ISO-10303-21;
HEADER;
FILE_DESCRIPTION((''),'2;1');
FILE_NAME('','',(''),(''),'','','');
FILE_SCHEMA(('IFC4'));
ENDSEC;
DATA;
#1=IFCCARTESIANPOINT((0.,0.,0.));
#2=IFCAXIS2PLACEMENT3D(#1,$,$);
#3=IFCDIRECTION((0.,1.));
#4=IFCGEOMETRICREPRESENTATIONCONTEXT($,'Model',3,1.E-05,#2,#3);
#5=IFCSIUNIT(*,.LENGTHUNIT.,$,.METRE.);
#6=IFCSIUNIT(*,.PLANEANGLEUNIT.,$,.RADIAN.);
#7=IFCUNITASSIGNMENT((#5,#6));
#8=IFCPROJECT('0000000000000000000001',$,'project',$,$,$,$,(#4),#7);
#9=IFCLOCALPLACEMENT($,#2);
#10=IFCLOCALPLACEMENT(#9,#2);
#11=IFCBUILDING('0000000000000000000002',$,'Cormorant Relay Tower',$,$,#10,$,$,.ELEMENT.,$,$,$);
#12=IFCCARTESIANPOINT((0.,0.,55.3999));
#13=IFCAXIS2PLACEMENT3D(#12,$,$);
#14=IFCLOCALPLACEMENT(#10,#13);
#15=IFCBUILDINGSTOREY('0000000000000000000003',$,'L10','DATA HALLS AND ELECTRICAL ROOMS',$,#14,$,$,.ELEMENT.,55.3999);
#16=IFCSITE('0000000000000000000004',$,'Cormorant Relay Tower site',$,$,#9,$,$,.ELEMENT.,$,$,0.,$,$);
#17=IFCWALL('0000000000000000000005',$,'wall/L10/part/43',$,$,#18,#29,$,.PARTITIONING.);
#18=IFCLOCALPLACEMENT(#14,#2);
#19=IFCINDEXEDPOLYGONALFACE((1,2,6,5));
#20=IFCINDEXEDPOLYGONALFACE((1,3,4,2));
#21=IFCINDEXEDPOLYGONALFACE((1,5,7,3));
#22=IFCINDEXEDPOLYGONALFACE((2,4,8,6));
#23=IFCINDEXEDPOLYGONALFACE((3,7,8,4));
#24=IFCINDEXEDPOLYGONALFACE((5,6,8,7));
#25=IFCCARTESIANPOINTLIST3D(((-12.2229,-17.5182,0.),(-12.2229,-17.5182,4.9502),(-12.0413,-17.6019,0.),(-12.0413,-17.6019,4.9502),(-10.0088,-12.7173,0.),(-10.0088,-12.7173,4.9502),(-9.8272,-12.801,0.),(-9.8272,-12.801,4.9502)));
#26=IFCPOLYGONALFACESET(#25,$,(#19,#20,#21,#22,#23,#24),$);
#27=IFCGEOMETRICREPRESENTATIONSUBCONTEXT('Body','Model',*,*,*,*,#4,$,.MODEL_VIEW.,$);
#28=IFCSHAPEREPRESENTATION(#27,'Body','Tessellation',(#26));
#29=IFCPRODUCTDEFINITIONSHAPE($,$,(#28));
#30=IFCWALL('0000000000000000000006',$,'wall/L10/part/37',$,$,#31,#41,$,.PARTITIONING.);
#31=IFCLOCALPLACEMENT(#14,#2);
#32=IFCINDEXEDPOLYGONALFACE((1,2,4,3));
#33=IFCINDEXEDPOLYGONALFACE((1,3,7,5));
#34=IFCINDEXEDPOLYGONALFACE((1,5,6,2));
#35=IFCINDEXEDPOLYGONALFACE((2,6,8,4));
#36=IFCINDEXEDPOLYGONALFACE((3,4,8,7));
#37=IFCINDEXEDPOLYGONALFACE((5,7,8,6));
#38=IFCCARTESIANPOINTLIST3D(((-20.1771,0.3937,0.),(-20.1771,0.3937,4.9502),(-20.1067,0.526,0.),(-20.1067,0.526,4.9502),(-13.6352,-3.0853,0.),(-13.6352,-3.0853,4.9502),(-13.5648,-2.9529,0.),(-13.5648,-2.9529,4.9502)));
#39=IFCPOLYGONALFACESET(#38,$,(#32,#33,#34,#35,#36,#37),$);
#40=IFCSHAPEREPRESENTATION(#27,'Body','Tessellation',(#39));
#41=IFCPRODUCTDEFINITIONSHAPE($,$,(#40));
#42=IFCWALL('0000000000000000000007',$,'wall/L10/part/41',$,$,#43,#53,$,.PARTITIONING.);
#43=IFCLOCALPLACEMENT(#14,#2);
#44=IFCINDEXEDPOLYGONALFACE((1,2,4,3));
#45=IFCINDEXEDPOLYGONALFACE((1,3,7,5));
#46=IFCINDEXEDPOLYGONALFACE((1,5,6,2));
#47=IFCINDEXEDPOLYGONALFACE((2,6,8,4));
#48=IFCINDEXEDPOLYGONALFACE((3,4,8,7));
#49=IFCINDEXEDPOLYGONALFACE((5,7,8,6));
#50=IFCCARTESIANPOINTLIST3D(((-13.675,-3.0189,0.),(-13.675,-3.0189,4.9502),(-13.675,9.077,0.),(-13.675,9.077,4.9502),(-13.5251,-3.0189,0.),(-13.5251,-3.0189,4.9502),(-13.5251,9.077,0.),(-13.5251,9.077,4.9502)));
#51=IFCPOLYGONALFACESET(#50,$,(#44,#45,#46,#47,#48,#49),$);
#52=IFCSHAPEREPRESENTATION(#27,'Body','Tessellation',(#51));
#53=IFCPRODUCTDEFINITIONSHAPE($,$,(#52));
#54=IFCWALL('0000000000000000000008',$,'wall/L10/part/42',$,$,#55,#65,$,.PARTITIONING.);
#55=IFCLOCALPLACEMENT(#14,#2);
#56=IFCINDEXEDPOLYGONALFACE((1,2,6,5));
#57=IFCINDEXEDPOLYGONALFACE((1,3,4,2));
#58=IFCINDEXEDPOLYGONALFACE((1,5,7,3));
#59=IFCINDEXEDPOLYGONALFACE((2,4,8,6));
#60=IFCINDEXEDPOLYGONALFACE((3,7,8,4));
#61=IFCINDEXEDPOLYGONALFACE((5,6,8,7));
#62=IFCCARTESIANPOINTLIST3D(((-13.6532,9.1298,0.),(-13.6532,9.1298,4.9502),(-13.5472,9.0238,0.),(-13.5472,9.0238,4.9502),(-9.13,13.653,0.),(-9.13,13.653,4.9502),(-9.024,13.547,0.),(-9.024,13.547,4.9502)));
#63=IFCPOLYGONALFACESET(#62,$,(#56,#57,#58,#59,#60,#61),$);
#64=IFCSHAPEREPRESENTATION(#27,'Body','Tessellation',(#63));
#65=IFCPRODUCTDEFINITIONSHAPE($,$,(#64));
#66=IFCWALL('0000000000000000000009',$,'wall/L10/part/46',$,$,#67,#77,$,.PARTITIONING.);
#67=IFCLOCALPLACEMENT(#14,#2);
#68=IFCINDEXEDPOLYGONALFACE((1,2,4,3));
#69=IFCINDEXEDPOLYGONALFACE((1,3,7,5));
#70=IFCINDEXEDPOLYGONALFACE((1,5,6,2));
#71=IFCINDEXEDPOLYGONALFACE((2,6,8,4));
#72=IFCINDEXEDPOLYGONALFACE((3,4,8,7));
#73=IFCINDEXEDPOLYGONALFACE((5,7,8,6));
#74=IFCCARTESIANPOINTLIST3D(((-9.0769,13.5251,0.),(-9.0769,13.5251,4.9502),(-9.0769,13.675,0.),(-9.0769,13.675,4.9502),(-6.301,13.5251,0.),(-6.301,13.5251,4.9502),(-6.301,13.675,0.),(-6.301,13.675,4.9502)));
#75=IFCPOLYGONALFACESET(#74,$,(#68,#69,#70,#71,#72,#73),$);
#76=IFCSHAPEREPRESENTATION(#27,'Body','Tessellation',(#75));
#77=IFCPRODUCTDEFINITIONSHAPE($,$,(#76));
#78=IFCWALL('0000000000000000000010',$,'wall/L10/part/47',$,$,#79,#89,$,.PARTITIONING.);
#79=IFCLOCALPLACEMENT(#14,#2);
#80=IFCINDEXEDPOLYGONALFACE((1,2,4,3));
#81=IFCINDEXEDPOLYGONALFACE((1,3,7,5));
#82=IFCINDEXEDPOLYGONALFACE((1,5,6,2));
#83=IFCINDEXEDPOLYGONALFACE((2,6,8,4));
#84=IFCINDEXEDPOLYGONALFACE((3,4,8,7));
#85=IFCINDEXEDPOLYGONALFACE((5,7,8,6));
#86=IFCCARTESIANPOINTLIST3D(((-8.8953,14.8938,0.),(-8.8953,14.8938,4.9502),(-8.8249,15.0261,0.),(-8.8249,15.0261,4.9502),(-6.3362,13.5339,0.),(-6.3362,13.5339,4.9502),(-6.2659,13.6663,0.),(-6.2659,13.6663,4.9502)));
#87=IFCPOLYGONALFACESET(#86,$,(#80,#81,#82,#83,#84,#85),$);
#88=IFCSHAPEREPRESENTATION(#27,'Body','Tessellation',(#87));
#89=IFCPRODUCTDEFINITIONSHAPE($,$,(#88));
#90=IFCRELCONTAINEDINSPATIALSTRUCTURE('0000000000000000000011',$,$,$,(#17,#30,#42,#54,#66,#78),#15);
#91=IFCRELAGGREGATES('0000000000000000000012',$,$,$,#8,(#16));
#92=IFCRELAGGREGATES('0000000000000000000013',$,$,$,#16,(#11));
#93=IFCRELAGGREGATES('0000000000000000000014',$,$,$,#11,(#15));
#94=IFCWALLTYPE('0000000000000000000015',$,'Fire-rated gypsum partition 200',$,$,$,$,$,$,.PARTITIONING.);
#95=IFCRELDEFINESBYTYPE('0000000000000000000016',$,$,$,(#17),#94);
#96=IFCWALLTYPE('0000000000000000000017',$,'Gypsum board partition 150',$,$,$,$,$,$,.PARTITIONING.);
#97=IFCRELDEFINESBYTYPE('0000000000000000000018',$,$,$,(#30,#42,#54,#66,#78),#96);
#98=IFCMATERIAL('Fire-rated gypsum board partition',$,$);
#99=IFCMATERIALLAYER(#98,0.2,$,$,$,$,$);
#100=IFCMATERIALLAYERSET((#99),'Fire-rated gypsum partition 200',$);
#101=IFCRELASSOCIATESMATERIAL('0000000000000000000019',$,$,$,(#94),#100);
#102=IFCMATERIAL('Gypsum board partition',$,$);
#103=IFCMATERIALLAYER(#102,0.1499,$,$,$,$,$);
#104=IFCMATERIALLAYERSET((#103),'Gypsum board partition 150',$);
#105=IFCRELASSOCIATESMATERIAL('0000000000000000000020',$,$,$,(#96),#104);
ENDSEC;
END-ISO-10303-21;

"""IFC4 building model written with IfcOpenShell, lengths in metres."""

from ifc_helpers import new_model, si_unit, direction, frame, frame_2d, origin, place, context, subcontext, project, spatial, rectangle, extrude, material, layer, layer_set, type_object, element, save


model = new_model("IFC4")

# Units and contexts
model_context = context("Model", 3, precision=1e-05, world=origin(), true_north=direction((0.0, 1.0)))
body_context = subcontext(model_context, "Body", "Model", "MODEL_VIEW")
ifc_project = project(units=[si_unit("LENGTHUNIT", "METRE"), si_unit("PLANEANGLEUNIT", "RADIAN")], contexts=[model_context])

# Site, building, storey
site_placement = place(None, origin())
site = spatial("IfcSite", under=ifc_project, at=site_placement, Name="Cormorant Relay Tower site", CompositionType="ELEMENT", RefElevation=0.0)
building_placement = place(site_placement, origin())
building = spatial("IfcBuilding", under=site, at=building_placement, Name="Cormorant Relay Tower", CompositionType="ELEMENT")
storey_placement = place(building_placement, frame((0.0, 0.0, 55.3999)))
storey = spatial("IfcBuildingStorey", under=building, at=storey_placement, Name="L10", Description="DATA HALLS AND ELECTRICAL ROOMS", CompositionType="ELEMENT", Elevation=55.3999)

# Walls
ifc_material_1 = material(Name="Fire-rated gypsum board partition")
ifc_layer_1 = layer(ifc_material_1, 0.2)
ifc_layer_set_1 = layer_set([ifc_layer_1], Name="Fire-rated gypsum partition 200")
wall_type_1 = type_object("IfcWallType", Name="Fire-rated gypsum partition 200", PredefinedType="PARTITIONING", material=ifc_layer_set_1)
wall_1_placement = place(storey_placement, frame((-9.918, -12.759, 0.0), z_axis=(0.0, 0.0, 1.0), x_axis=(-0.418786, -0.908085, 0.0)))
element("IfcWall", 1, at=wall_1_placement, inside=storey, type_object=wall_type_1, Name="wall/L10/part/43", PredefinedType="PARTITIONING", context=body_context, shape_type="SweptSolid", body=[
    extrude(rectangle(XDim=5.2869, YDim=0.2, at=frame_2d((2.6436, 0.0))), origin(), (0.0, 0.0, 1.0), 4.9502),
])
ifc_material_2 = material(Name="Gypsum board partition")
ifc_layer_2 = layer(ifc_material_2, 0.1499)
ifc_layer_set_2 = layer_set([ifc_layer_2], Name="Gypsum board partition 150")
wall_type_2 = type_object("IfcWallType", Name="Gypsum board partition 150", PredefinedType="PARTITIONING", material=ifc_layer_set_2)
wall_2_placement = place(storey_placement, frame((-13.6001, -3.019, 0.0), z_axis=(0.0, 0.0, 1.0), x_axis=(-0.882916, 0.469531, 0.0)))
element("IfcWall", 2, at=wall_2_placement, inside=storey, type_object=wall_type_2, Name="wall/L10/part/37", PredefinedType="PARTITIONING", context=body_context, shape_type="SweptSolid", body=[
    extrude(rectangle(XDim=7.4094, YDim=0.1499, at=frame_2d((3.7046, 0.0))), origin(), (0.0, 0.0, 1.0), 4.9502),
])
wall_3_placement = place(storey_placement, frame((-13.6001, 9.0769, 0.0), z_axis=(0.0, 0.0, 1.0), x_axis=(0.0, -1.0, 0.0)))
element("IfcWall", 3, at=wall_3_placement, inside=storey, type_object=wall_type_2, Name="wall/L10/part/41", PredefinedType="PARTITIONING", context=body_context, shape_type="SweptSolid", body=[
    extrude(rectangle(XDim=12.0959, YDim=0.1499, at=frame_2d((6.0479, 0.0))), origin(), (0.0, 0.0, 1.0), 4.9502),
])
wall_4_placement = place(storey_placement, frame((-13.6001, 9.0769, 0.0), z_axis=(0.0, 0.0, 1.0), x_axis=(0.707107, 0.707107, 0.0)))
element("IfcWall", 4, at=wall_4_placement, inside=storey, type_object=wall_type_2, Name="wall/L10/part/42", PredefinedType="PARTITIONING", context=body_context, shape_type="SweptSolid", body=[
    extrude(rectangle(XDim=6.3967, YDim=0.1499, at=frame_2d((3.1982, 0.0))), origin(), (0.0, 0.0, 1.0), 4.9502),
])
wall_5_placement = place(storey_placement, frame((-6.301, 13.6001, 0.0), z_axis=(0.0, 0.0, 1.0), x_axis=(-1.0, 0.0, 0.0)))
element("IfcWall", 5, at=wall_5_placement, inside=storey, type_object=wall_type_2, Name="wall/L10/part/46", PredefinedType="PARTITIONING", context=body_context, shape_type="SweptSolid", body=[
    extrude(rectangle(XDim=2.7759, YDim=0.1499, at=frame_2d((1.3879, 0.0))), origin(), (0.0, 0.0, 1.0), 4.9502),
])
wall_6_placement = place(storey_placement, frame((-6.301, 13.6001, 0.0), z_axis=(0.0, 0.0, 1.0), x_axis=(-0.883066, 0.46925, 0.0)))
element("IfcWall", 6, at=wall_6_placement, inside=storey, type_object=wall_type_2, Name="wall/L10/part/47", PredefinedType="PARTITIONING", context=body_context, shape_type="SweptSolid", body=[
    extrude(rectangle(XDim=2.8979, YDim=0.1499, at=frame_2d((1.449, 0.0))), origin(), (0.0, 0.0, 1.0), 4.9502),
])

save(model, "model.ifc")
